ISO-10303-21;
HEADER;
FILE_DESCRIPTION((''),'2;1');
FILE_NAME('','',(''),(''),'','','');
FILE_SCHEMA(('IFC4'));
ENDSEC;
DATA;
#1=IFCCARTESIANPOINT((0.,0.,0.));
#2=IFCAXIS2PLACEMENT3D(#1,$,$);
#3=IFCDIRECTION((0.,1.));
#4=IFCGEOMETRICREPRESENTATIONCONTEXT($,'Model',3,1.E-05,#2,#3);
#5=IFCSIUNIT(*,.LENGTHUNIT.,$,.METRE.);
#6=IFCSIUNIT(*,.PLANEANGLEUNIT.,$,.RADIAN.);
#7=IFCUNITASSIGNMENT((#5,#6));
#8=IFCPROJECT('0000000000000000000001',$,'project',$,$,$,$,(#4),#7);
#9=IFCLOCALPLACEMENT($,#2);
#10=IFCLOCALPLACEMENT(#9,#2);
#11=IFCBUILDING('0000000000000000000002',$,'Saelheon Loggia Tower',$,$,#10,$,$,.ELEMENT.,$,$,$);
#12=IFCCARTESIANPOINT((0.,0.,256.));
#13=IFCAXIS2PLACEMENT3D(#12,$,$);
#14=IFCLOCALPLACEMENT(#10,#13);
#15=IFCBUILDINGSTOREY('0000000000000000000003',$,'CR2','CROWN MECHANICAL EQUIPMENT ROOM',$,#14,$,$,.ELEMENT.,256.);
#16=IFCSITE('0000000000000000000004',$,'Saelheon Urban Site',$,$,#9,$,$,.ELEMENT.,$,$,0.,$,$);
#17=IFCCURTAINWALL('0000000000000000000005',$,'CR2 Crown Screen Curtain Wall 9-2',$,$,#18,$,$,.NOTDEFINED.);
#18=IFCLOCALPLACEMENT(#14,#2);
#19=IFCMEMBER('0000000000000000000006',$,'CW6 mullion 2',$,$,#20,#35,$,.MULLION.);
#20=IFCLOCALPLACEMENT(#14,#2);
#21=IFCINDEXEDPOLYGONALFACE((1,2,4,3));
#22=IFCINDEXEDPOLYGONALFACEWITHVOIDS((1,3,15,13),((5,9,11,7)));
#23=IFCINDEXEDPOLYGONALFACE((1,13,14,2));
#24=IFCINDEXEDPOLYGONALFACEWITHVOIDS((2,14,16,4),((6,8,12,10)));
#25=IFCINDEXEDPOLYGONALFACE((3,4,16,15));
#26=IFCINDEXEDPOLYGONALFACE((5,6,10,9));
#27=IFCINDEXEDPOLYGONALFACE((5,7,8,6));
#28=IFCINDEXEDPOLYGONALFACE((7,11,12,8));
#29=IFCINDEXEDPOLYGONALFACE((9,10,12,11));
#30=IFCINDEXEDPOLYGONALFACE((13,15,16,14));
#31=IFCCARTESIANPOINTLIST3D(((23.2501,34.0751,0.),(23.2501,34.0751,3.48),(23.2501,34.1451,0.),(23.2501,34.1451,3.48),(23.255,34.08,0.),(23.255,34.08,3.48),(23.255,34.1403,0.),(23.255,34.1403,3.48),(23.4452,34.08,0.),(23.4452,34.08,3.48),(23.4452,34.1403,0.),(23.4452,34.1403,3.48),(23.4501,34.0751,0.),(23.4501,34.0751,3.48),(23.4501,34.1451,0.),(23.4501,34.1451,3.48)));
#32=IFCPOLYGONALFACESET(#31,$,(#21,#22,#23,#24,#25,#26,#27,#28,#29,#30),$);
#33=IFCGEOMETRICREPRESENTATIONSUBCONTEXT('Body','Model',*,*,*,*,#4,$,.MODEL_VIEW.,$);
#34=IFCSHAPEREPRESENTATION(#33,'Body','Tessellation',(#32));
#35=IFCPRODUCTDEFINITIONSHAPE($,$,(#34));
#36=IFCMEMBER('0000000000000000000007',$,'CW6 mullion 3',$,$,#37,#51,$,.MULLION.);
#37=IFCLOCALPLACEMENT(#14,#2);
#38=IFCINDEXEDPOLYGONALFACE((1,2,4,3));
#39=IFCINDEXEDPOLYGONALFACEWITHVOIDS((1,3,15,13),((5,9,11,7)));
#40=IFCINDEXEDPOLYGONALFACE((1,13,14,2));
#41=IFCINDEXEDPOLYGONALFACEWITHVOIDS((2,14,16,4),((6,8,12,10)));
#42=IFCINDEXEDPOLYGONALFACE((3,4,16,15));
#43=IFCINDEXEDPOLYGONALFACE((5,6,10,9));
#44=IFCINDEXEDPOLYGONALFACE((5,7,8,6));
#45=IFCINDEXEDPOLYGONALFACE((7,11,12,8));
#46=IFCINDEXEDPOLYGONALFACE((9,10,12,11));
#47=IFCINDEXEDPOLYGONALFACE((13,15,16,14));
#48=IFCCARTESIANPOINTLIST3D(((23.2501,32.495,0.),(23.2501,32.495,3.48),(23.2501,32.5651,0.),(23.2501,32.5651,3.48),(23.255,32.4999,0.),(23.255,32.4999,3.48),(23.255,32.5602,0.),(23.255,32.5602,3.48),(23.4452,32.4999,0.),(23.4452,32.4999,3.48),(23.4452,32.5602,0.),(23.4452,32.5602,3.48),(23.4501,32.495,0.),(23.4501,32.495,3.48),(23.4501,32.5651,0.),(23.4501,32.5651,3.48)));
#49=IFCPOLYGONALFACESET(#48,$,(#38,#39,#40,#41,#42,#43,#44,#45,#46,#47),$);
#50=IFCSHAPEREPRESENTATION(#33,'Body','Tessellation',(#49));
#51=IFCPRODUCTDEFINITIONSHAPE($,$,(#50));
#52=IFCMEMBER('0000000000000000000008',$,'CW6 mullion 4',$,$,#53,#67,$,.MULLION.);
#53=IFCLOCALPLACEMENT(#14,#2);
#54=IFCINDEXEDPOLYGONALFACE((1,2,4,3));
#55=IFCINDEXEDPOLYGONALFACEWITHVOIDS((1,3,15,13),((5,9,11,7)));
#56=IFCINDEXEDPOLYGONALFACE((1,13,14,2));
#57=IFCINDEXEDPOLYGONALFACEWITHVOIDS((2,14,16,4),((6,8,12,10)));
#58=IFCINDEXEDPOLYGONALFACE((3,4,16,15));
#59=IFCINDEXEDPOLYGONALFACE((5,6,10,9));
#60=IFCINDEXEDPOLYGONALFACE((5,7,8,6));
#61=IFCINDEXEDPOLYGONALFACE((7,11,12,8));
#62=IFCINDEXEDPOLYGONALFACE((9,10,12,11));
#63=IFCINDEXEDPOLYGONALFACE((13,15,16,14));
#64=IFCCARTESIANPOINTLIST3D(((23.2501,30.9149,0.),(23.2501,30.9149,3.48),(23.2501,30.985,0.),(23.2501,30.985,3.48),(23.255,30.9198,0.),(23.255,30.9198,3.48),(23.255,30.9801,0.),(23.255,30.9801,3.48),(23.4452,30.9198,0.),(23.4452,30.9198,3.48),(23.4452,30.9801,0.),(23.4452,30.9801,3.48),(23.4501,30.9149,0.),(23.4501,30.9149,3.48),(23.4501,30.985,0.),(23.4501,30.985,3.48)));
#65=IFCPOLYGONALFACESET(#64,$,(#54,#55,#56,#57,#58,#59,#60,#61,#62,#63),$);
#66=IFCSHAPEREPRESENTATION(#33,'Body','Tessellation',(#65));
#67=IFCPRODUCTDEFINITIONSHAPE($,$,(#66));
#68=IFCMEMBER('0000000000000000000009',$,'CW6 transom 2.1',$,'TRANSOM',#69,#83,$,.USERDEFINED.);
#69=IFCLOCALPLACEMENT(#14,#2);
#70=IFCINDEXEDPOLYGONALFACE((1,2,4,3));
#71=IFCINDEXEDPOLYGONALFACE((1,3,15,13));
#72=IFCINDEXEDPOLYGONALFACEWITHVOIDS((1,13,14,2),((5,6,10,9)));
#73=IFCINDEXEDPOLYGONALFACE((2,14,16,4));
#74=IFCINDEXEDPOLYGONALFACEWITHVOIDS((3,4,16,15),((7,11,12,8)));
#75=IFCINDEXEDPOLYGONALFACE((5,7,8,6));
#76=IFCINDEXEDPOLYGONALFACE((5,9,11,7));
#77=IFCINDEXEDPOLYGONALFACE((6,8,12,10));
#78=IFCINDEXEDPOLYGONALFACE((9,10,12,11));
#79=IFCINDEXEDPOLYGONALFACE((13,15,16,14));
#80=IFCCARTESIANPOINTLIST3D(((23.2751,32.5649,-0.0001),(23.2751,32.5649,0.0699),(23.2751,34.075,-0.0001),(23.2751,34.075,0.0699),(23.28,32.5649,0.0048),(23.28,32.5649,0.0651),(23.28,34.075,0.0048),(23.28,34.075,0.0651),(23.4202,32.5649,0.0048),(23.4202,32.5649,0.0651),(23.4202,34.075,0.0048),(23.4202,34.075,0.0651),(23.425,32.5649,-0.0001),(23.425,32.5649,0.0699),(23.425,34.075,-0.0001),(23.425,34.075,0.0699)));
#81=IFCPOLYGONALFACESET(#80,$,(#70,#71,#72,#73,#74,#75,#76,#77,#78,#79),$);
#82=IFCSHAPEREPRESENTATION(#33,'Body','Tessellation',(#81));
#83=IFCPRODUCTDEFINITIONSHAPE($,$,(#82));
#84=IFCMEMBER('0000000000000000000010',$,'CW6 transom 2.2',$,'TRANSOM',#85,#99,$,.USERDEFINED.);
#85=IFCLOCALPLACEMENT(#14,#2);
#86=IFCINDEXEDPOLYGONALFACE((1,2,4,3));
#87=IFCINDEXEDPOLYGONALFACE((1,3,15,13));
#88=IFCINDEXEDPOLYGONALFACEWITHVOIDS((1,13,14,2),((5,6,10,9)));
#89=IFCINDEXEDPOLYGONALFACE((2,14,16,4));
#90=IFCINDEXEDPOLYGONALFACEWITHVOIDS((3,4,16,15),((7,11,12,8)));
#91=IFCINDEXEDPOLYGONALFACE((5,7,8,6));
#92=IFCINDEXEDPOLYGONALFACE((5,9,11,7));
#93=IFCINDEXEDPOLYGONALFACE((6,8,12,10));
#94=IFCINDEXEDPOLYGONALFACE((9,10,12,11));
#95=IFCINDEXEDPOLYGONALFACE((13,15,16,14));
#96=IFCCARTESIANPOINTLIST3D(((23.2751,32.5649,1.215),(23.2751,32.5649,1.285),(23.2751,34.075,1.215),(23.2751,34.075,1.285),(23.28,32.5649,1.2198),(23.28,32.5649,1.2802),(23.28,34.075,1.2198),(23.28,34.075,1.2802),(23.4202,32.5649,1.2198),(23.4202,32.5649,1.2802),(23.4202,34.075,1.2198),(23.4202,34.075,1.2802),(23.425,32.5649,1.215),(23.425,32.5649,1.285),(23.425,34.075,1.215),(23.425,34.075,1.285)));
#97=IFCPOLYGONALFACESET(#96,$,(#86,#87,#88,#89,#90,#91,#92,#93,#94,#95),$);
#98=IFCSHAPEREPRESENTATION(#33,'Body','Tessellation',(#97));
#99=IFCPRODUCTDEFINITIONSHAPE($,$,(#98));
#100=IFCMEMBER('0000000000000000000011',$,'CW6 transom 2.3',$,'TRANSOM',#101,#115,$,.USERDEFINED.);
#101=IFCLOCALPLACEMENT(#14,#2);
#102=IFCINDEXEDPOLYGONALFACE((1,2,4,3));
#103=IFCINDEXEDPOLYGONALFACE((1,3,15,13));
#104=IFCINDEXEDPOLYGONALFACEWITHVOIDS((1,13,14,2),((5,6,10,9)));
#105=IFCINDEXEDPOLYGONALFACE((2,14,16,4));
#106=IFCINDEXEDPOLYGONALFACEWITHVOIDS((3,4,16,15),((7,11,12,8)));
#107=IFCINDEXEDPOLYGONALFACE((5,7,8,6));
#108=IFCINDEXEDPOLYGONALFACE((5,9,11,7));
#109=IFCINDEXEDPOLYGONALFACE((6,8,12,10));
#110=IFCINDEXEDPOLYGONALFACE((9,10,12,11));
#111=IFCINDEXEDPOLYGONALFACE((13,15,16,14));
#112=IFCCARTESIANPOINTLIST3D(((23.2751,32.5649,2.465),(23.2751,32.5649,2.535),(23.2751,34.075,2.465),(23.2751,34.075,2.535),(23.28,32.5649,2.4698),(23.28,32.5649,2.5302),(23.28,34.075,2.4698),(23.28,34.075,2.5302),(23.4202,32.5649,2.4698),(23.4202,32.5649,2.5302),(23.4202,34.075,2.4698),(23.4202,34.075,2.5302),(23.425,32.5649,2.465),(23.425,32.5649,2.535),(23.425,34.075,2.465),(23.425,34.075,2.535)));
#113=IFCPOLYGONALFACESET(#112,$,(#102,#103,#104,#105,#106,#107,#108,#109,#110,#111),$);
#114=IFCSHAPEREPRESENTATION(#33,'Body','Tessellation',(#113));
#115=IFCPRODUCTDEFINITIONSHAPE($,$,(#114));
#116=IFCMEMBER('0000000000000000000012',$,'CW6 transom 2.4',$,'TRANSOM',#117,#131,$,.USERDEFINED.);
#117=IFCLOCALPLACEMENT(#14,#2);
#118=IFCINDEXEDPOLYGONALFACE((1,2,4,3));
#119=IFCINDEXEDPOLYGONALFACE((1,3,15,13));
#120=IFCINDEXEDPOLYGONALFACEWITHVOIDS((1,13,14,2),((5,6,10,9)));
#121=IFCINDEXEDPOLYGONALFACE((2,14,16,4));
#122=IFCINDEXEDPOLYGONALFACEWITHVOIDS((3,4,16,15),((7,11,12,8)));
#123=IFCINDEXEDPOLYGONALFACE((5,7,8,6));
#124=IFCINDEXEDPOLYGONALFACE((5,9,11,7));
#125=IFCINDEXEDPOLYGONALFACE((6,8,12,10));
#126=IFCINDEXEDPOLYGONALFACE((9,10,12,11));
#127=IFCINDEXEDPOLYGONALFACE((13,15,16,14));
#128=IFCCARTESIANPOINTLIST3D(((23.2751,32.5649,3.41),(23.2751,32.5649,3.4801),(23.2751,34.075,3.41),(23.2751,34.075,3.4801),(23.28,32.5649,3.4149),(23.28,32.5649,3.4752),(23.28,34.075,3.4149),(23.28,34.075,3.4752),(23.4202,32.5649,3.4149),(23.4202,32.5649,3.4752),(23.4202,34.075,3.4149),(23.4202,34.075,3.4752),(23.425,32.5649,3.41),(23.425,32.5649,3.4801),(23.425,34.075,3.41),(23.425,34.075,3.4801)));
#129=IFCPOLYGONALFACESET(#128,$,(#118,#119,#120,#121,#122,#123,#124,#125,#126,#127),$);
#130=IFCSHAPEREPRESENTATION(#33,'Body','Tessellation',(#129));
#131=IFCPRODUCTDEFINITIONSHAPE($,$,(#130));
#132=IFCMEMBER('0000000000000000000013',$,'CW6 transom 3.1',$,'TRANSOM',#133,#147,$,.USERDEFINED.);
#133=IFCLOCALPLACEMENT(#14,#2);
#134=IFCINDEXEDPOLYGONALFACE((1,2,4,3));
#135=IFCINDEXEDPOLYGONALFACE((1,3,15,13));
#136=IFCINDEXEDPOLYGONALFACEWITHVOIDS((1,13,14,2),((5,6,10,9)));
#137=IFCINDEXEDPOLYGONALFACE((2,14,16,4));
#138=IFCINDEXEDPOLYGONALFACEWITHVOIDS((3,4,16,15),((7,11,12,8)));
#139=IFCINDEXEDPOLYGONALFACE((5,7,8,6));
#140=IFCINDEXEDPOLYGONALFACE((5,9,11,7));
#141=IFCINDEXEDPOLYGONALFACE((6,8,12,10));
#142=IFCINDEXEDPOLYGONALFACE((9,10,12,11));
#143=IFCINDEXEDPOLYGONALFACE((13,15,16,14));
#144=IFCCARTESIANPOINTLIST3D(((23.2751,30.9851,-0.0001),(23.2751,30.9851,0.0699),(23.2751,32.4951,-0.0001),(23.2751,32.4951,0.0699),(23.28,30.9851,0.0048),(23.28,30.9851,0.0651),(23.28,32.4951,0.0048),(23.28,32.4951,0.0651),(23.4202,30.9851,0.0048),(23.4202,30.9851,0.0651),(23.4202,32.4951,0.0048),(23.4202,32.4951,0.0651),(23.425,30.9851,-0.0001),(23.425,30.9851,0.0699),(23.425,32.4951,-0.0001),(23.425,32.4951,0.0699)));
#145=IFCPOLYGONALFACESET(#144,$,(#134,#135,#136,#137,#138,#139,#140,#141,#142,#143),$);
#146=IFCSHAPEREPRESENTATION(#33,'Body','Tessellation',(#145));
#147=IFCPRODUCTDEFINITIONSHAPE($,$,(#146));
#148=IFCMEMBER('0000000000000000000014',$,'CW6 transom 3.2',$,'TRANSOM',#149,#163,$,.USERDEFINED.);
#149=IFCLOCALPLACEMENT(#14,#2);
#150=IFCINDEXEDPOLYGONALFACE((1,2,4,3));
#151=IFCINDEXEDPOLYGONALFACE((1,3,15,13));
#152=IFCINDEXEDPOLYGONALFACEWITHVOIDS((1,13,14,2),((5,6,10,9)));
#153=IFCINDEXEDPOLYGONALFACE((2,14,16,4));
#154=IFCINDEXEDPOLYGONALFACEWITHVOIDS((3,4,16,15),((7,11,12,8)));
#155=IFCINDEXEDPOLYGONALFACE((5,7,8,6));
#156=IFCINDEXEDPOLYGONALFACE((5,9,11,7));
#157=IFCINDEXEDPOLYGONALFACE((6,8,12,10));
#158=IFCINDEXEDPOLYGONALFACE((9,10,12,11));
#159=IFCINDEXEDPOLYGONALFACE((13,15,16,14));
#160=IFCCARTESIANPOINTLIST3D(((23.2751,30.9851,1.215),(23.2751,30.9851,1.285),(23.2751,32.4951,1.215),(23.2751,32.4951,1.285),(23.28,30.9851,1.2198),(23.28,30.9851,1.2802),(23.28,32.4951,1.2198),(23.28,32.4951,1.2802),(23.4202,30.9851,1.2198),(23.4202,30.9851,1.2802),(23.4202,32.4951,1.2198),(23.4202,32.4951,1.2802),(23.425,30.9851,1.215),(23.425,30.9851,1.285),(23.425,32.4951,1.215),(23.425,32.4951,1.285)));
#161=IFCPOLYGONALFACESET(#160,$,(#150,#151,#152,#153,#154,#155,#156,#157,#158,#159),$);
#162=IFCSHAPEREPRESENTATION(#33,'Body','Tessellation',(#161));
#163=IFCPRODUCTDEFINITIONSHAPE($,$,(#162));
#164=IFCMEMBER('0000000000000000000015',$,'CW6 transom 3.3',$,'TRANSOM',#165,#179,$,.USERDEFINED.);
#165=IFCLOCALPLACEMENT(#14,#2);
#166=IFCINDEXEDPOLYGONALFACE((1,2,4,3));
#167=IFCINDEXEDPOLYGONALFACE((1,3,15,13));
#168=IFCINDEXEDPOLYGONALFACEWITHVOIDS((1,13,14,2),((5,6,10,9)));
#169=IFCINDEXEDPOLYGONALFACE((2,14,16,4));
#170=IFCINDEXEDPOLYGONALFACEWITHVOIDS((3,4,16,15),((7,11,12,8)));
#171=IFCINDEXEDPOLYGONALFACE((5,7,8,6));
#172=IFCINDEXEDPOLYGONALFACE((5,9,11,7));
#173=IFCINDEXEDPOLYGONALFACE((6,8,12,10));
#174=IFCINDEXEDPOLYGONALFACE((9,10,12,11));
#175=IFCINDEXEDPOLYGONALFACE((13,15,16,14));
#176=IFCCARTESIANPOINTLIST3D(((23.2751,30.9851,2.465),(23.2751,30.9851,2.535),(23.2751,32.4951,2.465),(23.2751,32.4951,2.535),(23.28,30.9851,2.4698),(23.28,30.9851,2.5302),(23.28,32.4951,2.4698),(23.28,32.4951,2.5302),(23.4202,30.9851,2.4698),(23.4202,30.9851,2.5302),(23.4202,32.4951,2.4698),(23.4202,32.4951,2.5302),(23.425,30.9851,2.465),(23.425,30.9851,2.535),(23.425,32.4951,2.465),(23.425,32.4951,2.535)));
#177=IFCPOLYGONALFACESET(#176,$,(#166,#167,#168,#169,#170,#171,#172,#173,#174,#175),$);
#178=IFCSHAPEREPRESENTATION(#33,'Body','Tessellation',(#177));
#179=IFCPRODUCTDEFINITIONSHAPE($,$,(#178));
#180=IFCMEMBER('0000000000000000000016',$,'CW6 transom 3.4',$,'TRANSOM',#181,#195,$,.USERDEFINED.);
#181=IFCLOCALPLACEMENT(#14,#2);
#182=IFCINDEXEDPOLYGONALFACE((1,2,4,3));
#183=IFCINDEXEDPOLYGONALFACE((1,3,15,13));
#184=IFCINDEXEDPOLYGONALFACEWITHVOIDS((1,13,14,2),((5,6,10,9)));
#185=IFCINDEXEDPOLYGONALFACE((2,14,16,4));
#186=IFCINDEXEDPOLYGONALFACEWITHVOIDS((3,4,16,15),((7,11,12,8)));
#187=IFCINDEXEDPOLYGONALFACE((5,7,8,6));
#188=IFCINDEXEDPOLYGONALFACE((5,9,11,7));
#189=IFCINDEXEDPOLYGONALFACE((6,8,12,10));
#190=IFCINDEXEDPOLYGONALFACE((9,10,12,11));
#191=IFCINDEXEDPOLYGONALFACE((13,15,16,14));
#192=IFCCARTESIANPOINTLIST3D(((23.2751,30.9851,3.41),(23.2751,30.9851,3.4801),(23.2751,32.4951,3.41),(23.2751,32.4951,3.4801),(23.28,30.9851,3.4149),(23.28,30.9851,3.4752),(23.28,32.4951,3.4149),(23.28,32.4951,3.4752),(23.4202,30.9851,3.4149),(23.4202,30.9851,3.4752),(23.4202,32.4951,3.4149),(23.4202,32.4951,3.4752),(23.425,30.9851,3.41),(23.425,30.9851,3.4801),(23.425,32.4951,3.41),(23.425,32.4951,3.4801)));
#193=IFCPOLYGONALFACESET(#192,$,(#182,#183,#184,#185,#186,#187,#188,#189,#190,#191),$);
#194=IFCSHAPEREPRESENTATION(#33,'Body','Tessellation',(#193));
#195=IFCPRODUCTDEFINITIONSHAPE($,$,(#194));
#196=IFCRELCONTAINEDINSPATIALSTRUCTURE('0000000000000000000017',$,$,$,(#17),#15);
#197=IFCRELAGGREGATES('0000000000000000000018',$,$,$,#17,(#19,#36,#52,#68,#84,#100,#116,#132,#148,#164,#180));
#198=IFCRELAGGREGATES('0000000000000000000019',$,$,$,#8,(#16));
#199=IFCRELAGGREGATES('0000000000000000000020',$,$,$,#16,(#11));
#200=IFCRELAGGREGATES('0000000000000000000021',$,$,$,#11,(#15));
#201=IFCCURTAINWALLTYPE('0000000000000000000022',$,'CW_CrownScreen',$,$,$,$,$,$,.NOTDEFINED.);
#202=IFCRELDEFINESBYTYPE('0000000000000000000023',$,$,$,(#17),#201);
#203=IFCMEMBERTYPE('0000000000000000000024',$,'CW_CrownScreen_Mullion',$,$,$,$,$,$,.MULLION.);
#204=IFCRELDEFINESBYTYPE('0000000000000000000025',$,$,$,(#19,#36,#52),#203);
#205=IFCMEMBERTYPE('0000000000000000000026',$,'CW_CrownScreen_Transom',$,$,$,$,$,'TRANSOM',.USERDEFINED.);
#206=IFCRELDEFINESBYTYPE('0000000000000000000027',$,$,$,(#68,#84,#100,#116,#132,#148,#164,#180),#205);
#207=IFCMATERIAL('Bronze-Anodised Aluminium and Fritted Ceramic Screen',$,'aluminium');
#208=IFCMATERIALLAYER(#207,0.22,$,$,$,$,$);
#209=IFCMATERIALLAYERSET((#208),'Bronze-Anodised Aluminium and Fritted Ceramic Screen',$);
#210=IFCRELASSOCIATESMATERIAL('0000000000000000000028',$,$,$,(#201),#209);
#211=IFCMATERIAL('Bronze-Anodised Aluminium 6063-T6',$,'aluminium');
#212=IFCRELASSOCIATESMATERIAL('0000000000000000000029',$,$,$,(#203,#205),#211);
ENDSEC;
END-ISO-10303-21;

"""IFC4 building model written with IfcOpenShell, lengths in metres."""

from ifc_helpers import new_model, si_unit, direction, frame, origin, origin_2d, place, context, subcontext, project, spatial, hollow_rectangle, extrude, source, transform, mapped, material, layer, layer_set, material_profile, profile_set, type_object, element, aggregate, save


model = new_model("IFC4")

# Units and contexts
model_context = context("Model", 3, precision=1e-05, world=origin(), true_north=direction((0.0, 1.0)))
body_context = subcontext(model_context, "Body", "Model", "MODEL_VIEW")
ifc_project = project(units=[si_unit("LENGTHUNIT", "METRE"), si_unit("PLANEANGLEUNIT", "RADIAN")], contexts=[model_context])

# Site, building, storey
site_placement = place(None, origin())
site = spatial("IfcSite", under=ifc_project, at=site_placement, Name="Saelheon Urban Site", CompositionType="ELEMENT", RefElevation=0.0)
building_placement = place(site_placement, origin())
building = spatial("IfcBuilding", under=site, at=building_placement, Name="Saelheon Loggia Tower", CompositionType="ELEMENT")
storey_placement = place(building_placement, frame((0.0, 0.0, 256.0)))
storey = spatial("IfcBuildingStorey", under=building, at=storey_placement, Name="CR2", Description="CROWN MECHANICAL EQUIPMENT ROOM", CompositionType="ELEMENT", Elevation=256.0)

# Curtain wall, members
ifc_material_1 = material(Name="Bronze-Anodised Aluminium and Fritted Ceramic Screen", Category="aluminium")
ifc_layer_1 = layer(ifc_material_1, 0.22)
ifc_layer_set_1 = layer_set([ifc_layer_1], Name="Bronze-Anodised Aluminium and Fritted Ceramic Screen")
curtain_wall_type = type_object("IfcCurtainWallType", Name="CW_CrownScreen", PredefinedType="NOTDEFINED", material=ifc_layer_set_1)
curtain_wall_placement = place(storey_placement, origin())
curtain_wall = element("IfcCurtainWall", 1, at=curtain_wall_placement, inside=storey, type_object=curtain_wall_type, Name="CR2 Crown Screen Curtain Wall 9-2", PredefinedType="NOTDEFINED")
ifc_material_2 = material(Name="Bronze-Anodised Aluminium 6063-T6", Category="aluminium")
ifc_material_profile_1 = material_profile(ifc_material_2, hollow_rectangle(XDim=0.0701, YDim=0.2, WallThickness=0.0049, at=origin_2d()), Name="RHS-200x70x5")
ifc_profile_set_1 = profile_set([ifc_material_profile_1], Name="Bronze-Anodised Aluminium 6063-T6")
member_type_1 = type_object("IfcMemberType", Name="CW_CrownScreen_Mullion", PredefinedType="MULLION", material=ifc_profile_set_1)
shared_shape_1 = source(origin(), body_context, "Body", "SweptSolid", [
    extrude(hollow_rectangle(XDim=0.0701, YDim=0.2, WallThickness=0.0049, at=origin_2d()), origin(), (0.0, 0.0, 1.0), 3.48),
])
member_1_placement = place(storey_placement, frame((23.3501, 34.1101, 0.0), z_axis=(0.0, 0.0, 1.0), x_axis=(0.0, -1.0, 0.0)))
member_1 = element("IfcMember", 2, at=member_1_placement, type_object=member_type_1, Name="CW6 mullion 2", PredefinedType="MULLION", context=body_context, shape_type="MappedRepresentation", body=[
    mapped(shared_shape_1, transform((0.0, 0.0, 0.0), scale=1.0)),
])
member_2_placement = place(storey_placement, frame((23.3501, 32.53, 0.0), z_axis=(0.0, 0.0, 1.0), x_axis=(0.0, -1.0, 0.0)))
member_2 = element("IfcMember", 3, at=member_2_placement, type_object=member_type_1, Name="CW6 mullion 3", PredefinedType="MULLION", context=body_context, shape_type="MappedRepresentation", body=[
    mapped(shared_shape_1, transform((0.0, 0.0, 0.0), scale=1.0)),
])
member_3_placement = place(storey_placement, frame((23.3501, 30.95, 0.0), z_axis=(0.0, 0.0, 1.0), x_axis=(0.0, -1.0, 0.0)))
member_3 = element("IfcMember", 4, at=member_3_placement, type_object=member_type_1, Name="CW6 mullion 4", PredefinedType="MULLION", context=body_context, shape_type="MappedRepresentation", body=[
    mapped(shared_shape_1, transform((0.0, 0.0, 0.0), scale=1.0)),
])
ifc_material_profile_2 = material_profile(ifc_material_2, hollow_rectangle(XDim=0.0701, YDim=0.1499, WallThickness=0.0049, at=origin_2d()), Name="RHS-150x70x5")
ifc_profile_set_2 = profile_set([ifc_material_profile_2], Name="Bronze-Anodised Aluminium 6063-T6")
member_type_2 = type_object("IfcMemberType", Name="CW_CrownScreen_Transom", ElementType="TRANSOM", PredefinedType="USERDEFINED", material=ifc_profile_set_2)
shared_shape_2 = source(origin(), body_context, "Body", "SweptSolid", [
    extrude(hollow_rectangle(XDim=0.0701, YDim=0.1499, WallThickness=0.0049, at=origin_2d()), origin(), (0.0, 0.0, 1.0), 1.51),
])
member_4_placement = place(storey_placement, frame((23.3501, 34.075, 0.0349), z_axis=(0.0, -1.0, 0.0), x_axis=(0.0, 0.0, 1.0)))
member_4 = element("IfcMember", 5, at=member_4_placement, type_object=member_type_2, Name="CW6 transom 2.1", ObjectType="TRANSOM", PredefinedType="USERDEFINED", context=body_context, shape_type="MappedRepresentation", body=[
    mapped(shared_shape_2, transform((0.0, 0.0, 0.0), scale=1.0)),
])
member_5_placement = place(storey_placement, frame((23.3501, 34.075, 1.25), z_axis=(0.0, -1.0, 0.0), x_axis=(0.0, 0.0, 1.0)))
member_5 = element("IfcMember", 6, at=member_5_placement, type_object=member_type_2, Name="CW6 transom 2.2", ObjectType="TRANSOM", PredefinedType="USERDEFINED", context=body_context, shape_type="MappedRepresentation", body=[
    mapped(shared_shape_2, transform((0.0, 0.0, 0.0), scale=1.0)),
])
member_6_placement = place(storey_placement, frame((23.3501, 34.075, 2.5), z_axis=(0.0, -1.0, 0.0), x_axis=(0.0, 0.0, 1.0)))
member_6 = element("IfcMember", 7, at=member_6_placement, type_object=member_type_2, Name="CW6 transom 2.3", ObjectType="TRANSOM", PredefinedType="USERDEFINED", context=body_context, shape_type="MappedRepresentation", body=[
    mapped(shared_shape_2, transform((0.0, 0.0, 0.0), scale=1.0)),
])
member_7_placement = place(storey_placement, frame((23.3501, 34.075, 3.4451), z_axis=(0.0, -1.0, 0.0), x_axis=(0.0, 0.0, 1.0)))
member_7 = element("IfcMember", 8, at=member_7_placement, type_object=member_type_2, Name="CW6 transom 2.4", ObjectType="TRANSOM", PredefinedType="USERDEFINED", context=body_context, shape_type="MappedRepresentation", body=[
    mapped(shared_shape_2, transform((0.0, 0.0, 0.0), scale=1.0)),
])
member_8_placement = place(storey_placement, frame((23.3501, 32.4951, 0.0349), z_axis=(0.0, -1.0, 0.0), x_axis=(0.0, 0.0, 1.0)))
member_8 = element("IfcMember", 9, at=member_8_placement, type_object=member_type_2, Name="CW6 transom 3.1", ObjectType="TRANSOM", PredefinedType="USERDEFINED", context=body_context, shape_type="MappedRepresentation", body=[
    mapped(shared_shape_2, transform((0.0, 0.0, 0.0), scale=1.0)),
])
member_9_placement = place(storey_placement, frame((23.3501, 32.4951, 1.25), z_axis=(0.0, -1.0, 0.0), x_axis=(0.0, 0.0, 1.0)))
member_9 = element("IfcMember", 10, at=member_9_placement, type_object=member_type_2, Name="CW6 transom 3.2", ObjectType="TRANSOM", PredefinedType="USERDEFINED", context=body_context, shape_type="MappedRepresentation", body=[
    mapped(shared_shape_2, transform((0.0, 0.0, 0.0), scale=1.0)),
])
member_10_placement = place(storey_placement, frame((23.3501, 32.4951, 2.5), z_axis=(0.0, -1.0, 0.0), x_axis=(0.0, 0.0, 1.0)))
member_10 = element("IfcMember", 11, at=member_10_placement, type_object=member_type_2, Name="CW6 transom 3.3", ObjectType="TRANSOM", PredefinedType="USERDEFINED", context=body_context, shape_type="MappedRepresentation", body=[
    mapped(shared_shape_2, transform((0.0, 0.0, 0.0), scale=1.0)),
])
member_11_placement = place(storey_placement, frame((23.3501, 32.4951, 3.4451), z_axis=(0.0, -1.0, 0.0), x_axis=(0.0, 0.0, 1.0)))
member_11 = element("IfcMember", 12, at=member_11_placement, type_object=member_type_2, Name="CW6 transom 3.4", ObjectType="TRANSOM", PredefinedType="USERDEFINED", context=body_context, shape_type="MappedRepresentation", body=[
    mapped(shared_shape_2, transform((0.0, 0.0, 0.0), scale=1.0)),
])
aggregate(curtain_wall, [member_1, member_2, member_3, member_4, member_5, member_6, member_7, member_8, member_9, member_10, member_11])

save(model, "model.ifc")
